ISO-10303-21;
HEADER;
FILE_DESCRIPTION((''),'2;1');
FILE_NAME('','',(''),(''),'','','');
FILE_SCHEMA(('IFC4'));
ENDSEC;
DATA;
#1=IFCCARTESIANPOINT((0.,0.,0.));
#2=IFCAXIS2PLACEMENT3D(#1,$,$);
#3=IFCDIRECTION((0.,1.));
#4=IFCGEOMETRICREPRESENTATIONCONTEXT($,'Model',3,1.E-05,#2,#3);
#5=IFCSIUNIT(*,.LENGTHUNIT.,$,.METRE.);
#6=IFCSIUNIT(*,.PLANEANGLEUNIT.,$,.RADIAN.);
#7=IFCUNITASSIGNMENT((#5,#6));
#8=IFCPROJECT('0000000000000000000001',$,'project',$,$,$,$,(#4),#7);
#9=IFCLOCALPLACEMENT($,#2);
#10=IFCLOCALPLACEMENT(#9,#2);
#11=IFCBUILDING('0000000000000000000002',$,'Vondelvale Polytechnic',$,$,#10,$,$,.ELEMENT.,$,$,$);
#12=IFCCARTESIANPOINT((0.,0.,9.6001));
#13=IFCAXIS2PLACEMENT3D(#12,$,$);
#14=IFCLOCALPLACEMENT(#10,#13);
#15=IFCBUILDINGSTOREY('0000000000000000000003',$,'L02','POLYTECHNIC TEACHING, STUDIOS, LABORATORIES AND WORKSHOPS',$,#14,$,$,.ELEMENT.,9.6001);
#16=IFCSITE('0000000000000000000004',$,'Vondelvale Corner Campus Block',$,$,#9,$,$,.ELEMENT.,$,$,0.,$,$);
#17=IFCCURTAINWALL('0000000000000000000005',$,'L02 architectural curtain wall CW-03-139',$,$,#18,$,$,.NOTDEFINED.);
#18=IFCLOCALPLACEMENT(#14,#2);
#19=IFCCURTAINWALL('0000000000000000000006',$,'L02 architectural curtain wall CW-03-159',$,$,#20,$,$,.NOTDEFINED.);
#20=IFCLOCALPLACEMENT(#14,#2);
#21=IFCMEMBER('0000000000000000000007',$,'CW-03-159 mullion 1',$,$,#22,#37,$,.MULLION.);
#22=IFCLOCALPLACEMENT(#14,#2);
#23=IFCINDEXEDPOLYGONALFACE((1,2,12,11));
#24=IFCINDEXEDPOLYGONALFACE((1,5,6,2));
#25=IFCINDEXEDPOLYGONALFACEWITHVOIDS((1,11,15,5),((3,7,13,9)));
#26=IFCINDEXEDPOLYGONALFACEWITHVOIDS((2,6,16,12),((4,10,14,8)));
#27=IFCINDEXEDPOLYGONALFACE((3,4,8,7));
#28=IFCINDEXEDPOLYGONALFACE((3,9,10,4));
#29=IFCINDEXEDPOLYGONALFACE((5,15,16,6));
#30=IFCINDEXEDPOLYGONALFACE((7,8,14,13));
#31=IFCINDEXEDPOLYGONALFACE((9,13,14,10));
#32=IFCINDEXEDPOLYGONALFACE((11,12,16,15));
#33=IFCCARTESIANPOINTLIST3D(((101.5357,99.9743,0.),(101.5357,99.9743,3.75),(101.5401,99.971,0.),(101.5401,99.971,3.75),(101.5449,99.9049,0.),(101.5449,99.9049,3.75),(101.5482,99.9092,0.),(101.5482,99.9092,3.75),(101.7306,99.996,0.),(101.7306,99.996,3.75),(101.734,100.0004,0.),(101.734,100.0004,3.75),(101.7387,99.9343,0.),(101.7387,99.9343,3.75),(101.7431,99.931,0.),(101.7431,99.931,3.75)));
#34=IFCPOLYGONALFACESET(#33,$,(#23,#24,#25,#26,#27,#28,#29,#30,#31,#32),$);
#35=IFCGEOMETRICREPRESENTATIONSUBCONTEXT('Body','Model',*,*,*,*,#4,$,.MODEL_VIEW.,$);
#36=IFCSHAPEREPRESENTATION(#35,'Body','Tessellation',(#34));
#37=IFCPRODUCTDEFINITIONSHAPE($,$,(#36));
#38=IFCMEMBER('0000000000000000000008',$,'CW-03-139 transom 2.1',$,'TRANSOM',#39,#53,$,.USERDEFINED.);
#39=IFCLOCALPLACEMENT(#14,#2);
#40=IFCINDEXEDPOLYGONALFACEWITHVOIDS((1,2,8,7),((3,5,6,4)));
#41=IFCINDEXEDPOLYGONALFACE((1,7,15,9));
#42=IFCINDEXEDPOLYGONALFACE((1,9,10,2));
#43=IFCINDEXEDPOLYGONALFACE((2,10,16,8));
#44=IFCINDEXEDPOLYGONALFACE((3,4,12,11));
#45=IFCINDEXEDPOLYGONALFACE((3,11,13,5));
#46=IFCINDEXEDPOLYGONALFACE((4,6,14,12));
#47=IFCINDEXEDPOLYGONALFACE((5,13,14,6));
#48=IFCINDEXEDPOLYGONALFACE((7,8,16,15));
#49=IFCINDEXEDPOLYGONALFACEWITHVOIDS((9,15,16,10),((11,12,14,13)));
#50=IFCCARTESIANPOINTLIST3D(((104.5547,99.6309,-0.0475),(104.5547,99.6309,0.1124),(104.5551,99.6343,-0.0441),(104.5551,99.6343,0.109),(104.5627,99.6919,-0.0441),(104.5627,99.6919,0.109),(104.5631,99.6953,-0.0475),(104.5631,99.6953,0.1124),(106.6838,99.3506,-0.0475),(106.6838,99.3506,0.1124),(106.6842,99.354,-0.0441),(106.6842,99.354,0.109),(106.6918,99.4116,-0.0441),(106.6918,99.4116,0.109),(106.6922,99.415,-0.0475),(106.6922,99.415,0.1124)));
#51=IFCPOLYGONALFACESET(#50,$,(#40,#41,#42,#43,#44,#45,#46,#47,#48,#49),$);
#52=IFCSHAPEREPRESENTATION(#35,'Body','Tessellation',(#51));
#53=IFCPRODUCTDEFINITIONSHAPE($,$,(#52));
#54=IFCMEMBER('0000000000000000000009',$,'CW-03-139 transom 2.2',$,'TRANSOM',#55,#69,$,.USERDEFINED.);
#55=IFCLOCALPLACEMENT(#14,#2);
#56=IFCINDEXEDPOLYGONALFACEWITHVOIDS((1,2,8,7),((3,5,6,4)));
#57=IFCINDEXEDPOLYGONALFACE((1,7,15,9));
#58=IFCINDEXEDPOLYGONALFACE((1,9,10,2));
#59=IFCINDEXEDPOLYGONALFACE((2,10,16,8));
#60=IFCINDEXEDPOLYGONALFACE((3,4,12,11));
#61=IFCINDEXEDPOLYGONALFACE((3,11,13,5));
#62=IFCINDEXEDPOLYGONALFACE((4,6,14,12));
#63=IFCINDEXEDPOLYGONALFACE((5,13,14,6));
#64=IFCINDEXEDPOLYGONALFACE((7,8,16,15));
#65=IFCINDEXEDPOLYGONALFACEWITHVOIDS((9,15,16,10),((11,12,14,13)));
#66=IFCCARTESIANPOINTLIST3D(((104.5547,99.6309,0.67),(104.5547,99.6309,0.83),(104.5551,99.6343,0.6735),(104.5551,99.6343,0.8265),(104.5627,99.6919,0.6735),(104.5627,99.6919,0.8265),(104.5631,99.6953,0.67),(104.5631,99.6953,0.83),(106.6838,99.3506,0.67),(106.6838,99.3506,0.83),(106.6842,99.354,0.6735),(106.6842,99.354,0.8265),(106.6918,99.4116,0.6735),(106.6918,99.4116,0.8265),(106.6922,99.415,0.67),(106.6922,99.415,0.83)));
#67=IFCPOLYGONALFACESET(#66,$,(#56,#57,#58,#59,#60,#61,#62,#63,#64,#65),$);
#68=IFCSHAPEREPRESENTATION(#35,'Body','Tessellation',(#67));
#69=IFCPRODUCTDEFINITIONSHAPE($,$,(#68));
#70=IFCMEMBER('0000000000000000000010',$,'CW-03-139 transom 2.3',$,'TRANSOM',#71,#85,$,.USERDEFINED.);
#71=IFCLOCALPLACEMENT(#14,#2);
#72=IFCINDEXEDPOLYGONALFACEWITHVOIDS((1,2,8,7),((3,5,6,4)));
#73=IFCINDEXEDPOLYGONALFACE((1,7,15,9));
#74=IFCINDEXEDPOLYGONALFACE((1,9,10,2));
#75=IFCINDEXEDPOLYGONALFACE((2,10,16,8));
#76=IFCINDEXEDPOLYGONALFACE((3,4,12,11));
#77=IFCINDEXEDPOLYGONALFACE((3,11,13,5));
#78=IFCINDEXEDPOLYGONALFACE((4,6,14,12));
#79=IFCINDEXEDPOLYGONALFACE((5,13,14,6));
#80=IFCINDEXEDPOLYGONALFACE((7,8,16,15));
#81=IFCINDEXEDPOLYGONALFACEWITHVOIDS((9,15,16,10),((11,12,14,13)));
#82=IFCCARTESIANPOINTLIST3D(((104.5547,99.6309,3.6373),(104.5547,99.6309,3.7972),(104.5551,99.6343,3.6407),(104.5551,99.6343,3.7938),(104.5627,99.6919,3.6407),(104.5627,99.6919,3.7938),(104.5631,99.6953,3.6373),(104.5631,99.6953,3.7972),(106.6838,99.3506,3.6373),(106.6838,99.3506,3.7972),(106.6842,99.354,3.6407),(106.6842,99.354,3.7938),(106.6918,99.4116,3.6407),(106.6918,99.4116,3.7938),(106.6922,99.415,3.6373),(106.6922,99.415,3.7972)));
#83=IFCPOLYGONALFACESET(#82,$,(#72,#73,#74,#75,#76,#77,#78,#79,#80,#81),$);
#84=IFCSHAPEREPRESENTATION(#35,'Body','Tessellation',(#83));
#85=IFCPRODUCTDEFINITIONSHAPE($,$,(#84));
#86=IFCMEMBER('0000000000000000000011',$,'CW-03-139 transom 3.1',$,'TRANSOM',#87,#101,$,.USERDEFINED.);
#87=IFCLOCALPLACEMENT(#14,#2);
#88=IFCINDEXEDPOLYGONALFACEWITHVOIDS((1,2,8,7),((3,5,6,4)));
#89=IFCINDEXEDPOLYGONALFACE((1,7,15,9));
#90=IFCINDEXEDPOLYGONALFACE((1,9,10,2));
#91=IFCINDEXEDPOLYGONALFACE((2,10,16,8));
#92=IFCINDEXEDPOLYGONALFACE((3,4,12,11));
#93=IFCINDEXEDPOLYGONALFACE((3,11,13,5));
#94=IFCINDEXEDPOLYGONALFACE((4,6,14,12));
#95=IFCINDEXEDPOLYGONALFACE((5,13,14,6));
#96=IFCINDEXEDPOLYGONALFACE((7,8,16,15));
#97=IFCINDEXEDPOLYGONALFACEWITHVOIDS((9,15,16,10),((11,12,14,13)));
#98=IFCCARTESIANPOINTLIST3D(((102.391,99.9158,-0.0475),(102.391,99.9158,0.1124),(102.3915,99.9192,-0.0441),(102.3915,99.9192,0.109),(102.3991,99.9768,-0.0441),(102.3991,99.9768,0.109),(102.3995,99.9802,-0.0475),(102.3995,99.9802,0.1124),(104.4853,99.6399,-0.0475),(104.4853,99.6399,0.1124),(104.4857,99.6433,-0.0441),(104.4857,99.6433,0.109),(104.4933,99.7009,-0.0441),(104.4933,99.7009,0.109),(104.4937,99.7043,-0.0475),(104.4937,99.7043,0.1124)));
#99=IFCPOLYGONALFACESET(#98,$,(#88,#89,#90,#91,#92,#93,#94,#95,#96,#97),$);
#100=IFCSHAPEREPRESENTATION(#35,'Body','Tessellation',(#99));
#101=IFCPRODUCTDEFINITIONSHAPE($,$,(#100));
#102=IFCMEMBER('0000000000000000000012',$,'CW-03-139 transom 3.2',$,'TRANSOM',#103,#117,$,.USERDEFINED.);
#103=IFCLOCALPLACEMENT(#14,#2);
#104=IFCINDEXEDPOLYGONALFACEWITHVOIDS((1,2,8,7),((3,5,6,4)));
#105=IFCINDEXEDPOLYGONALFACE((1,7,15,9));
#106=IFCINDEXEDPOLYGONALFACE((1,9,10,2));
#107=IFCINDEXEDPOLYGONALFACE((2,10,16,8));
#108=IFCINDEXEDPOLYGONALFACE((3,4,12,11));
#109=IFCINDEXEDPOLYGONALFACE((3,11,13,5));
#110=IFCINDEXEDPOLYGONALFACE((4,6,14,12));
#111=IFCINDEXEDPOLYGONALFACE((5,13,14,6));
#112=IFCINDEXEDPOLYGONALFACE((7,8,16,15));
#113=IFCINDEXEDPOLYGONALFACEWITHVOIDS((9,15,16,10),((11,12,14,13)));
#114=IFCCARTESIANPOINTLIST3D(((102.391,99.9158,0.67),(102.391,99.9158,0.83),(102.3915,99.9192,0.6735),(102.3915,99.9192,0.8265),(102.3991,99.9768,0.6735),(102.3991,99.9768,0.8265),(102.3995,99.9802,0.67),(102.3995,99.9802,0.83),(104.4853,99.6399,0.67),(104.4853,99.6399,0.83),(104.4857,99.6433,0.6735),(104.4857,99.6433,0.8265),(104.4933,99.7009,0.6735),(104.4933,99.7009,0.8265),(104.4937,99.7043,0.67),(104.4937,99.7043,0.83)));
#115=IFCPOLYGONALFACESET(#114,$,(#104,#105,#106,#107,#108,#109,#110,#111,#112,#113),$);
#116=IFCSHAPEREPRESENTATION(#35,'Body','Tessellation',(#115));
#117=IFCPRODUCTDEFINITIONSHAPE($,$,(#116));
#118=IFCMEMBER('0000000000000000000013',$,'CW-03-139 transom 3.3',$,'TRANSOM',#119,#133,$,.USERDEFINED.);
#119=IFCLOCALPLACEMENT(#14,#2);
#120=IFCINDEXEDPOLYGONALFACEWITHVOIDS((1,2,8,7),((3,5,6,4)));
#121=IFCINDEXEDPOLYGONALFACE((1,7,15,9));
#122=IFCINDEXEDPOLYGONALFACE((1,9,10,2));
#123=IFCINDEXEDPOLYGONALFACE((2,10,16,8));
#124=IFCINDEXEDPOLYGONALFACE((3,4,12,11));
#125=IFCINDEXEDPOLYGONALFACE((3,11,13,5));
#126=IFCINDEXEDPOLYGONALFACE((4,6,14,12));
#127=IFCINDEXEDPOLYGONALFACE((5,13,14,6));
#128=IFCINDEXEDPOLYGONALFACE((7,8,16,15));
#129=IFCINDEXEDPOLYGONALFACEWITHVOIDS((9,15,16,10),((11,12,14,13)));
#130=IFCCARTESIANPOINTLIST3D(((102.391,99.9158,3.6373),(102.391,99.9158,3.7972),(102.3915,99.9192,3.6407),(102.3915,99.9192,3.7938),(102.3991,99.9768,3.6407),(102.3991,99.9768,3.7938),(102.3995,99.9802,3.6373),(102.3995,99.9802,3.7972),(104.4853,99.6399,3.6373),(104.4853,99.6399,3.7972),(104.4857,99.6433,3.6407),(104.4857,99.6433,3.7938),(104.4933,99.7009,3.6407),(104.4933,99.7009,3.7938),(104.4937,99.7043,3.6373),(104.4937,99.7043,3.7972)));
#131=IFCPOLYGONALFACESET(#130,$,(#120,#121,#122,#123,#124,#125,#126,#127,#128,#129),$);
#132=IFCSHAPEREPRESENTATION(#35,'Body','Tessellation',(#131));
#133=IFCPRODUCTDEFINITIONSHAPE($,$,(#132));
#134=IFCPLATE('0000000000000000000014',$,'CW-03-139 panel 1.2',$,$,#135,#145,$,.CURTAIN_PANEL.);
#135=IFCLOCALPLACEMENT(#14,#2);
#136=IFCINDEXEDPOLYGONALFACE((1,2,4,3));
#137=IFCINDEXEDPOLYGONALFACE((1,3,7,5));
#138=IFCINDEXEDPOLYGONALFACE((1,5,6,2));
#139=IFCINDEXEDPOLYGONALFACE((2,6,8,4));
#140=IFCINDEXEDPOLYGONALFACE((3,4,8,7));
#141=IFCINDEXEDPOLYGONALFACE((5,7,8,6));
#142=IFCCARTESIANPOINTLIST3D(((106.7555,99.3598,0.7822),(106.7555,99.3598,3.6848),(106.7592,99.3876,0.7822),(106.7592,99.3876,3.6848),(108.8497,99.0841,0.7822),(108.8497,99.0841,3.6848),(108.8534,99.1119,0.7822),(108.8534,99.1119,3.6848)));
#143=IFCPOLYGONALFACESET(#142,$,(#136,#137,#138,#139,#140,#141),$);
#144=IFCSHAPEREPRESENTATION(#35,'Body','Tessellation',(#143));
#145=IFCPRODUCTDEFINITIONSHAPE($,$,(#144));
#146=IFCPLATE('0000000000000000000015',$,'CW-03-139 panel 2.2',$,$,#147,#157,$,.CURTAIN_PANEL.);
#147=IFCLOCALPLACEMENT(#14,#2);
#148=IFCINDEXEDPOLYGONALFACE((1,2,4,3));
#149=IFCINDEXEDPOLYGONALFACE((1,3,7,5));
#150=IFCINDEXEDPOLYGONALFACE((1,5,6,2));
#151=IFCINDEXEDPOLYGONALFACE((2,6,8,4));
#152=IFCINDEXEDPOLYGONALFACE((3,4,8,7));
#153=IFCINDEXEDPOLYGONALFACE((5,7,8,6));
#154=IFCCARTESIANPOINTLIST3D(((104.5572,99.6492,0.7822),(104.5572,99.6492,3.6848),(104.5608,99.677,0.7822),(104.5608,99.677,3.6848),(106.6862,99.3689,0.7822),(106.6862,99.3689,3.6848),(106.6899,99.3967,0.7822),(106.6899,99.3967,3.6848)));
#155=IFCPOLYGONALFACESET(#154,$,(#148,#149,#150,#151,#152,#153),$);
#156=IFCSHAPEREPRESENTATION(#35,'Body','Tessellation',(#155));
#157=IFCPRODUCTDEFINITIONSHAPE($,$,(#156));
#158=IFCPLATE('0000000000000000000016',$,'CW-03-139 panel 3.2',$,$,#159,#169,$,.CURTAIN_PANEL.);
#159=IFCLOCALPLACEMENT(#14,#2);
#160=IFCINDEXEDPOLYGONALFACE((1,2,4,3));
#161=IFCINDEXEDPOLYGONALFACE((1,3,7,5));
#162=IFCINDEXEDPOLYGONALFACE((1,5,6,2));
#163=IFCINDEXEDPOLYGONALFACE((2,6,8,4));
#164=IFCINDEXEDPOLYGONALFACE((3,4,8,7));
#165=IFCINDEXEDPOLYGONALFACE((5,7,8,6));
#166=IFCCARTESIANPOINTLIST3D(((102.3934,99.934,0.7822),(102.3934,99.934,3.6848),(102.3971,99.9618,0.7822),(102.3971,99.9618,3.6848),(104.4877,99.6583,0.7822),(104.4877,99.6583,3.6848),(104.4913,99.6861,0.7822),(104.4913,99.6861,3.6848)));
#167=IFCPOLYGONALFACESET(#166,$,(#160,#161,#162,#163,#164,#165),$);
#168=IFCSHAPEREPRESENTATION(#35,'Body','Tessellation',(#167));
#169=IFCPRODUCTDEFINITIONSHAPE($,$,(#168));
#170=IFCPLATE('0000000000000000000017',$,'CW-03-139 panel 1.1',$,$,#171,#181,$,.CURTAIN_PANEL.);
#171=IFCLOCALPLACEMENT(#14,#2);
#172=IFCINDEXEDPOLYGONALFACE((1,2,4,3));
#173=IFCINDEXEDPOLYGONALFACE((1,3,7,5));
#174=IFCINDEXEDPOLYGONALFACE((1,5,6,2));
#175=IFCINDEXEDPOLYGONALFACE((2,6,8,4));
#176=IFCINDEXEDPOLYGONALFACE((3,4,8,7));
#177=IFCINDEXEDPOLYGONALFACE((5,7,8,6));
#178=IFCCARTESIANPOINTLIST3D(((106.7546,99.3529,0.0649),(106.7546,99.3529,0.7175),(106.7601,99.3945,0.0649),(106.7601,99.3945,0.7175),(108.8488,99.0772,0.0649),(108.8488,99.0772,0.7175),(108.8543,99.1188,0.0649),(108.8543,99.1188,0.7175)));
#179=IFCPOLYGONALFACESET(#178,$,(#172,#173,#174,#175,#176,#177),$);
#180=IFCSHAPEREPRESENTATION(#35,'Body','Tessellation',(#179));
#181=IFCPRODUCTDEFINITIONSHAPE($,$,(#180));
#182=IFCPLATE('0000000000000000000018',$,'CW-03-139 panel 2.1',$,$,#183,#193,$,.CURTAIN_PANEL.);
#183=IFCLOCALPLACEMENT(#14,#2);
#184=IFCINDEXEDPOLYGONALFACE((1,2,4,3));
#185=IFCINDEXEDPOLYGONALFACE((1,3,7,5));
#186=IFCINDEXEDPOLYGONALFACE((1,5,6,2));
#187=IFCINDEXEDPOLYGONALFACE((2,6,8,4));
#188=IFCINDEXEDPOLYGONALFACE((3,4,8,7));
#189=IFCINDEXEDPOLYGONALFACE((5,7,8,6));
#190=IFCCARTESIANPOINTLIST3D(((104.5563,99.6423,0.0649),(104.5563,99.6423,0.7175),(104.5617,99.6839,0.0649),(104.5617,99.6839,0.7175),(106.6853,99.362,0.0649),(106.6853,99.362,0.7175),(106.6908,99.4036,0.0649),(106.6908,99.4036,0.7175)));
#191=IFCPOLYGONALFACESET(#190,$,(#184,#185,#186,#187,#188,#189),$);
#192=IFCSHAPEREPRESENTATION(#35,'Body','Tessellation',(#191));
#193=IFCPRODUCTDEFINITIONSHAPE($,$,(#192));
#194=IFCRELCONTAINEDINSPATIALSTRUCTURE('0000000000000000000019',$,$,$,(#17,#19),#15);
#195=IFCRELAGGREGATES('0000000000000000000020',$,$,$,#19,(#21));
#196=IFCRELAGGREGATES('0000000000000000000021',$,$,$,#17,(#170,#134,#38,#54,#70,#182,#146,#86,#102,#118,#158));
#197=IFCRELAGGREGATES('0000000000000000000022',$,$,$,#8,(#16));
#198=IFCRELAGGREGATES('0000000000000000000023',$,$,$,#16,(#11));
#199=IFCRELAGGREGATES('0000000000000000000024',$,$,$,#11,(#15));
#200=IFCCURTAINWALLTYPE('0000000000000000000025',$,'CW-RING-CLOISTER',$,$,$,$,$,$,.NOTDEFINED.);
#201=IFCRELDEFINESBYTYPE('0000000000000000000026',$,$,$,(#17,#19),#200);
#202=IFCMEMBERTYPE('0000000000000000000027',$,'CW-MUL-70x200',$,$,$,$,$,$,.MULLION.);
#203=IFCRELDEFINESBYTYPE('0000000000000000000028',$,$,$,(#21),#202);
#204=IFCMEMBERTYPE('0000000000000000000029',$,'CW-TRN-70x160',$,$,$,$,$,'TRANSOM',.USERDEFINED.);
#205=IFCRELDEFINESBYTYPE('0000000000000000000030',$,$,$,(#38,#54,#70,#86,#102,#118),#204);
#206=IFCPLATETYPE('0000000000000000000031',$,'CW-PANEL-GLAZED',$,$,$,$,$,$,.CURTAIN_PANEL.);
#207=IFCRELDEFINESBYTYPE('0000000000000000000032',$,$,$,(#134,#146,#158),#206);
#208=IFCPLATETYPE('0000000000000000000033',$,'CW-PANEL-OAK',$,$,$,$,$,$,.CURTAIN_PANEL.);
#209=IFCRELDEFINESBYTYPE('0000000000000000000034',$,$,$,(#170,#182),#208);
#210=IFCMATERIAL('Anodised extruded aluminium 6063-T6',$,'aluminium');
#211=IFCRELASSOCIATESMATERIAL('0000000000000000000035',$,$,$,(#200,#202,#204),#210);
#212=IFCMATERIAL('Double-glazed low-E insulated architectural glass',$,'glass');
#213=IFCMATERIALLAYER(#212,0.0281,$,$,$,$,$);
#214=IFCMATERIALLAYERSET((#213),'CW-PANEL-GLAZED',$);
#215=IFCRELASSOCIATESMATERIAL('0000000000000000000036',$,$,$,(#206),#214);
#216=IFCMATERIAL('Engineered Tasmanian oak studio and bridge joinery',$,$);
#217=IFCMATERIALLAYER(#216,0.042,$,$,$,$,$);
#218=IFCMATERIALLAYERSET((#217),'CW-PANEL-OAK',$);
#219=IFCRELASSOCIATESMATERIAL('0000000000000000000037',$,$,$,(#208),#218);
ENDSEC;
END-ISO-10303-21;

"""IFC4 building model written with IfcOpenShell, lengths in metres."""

from ifc_helpers import new_model, si_unit, direction, frame, origin, origin_2d, place, context, subcontext, project, spatial, rectangle, hollow_rectangle, extrude, material, layer, layer_set, material_profile, profile_set, type_object, element, aggregate, save


model = new_model("IFC4")

# Units and contexts
model_context = context("Model", 3, precision=1e-05, world=origin(), true_north=direction((0.0, 1.0)))
body_context = subcontext(model_context, "Body", "Model", "MODEL_VIEW")
ifc_project = project(units=[si_unit("LENGTHUNIT", "METRE"), si_unit("PLANEANGLEUNIT", "RADIAN")], contexts=[model_context])

# Site, building, storey
site_placement = place(None, origin())
site = spatial("IfcSite", under=ifc_project, at=site_placement, Name="Vondelvale Corner Campus Block", CompositionType="ELEMENT", RefElevation=0.0)
building_placement = place(site_placement, origin())
building = spatial("IfcBuilding", under=site, at=building_placement, Name="Vondelvale Polytechnic", CompositionType="ELEMENT")
storey_placement = place(building_placement, frame((0.0, 0.0, 9.6001)))
storey = spatial("IfcBuildingStorey", under=building, at=storey_placement, Name="L02", Description="POLYTECHNIC TEACHING, STUDIOS, LABORATORIES AND WORKSHOPS", CompositionType="ELEMENT", Elevation=9.6001)

# Curtain wall
ifc_material_1 = material(Name="Anodised extruded aluminium 6063-T6", Category="aluminium")
curtain_wall_type = type_object("IfcCurtainWallType", Name="CW-RING-CLOISTER", PredefinedType="NOTDEFINED", material=ifc_material_1)
curtain_wall_1_placement = place(storey_placement, origin())
curtain_wall_1 = element("IfcCurtainWall", 1, at=curtain_wall_1_placement, inside=storey, type_object=curtain_wall_type, Name="L02 architectural curtain wall CW-03-139", PredefinedType="NOTDEFINED")
ifc_material_profile_1 = material_profile(ifc_material_1, hollow_rectangle(XDim=0.0701, YDim=0.2, WallThickness=0.0039, at=origin_2d()), Name="CW-MUL-200x70")
ifc_profile_set_1 = profile_set([ifc_material_profile_1], Name="Anodised extruded aluminium 6063-T6")
member_type_1 = type_object("IfcMemberType", Name="CW-MUL-70x200", PredefinedType="MULLION", material=ifc_profile_set_1)

# Curtain wall, member
curtain_wall_2_placement = place(storey_placement, origin())
curtain_wall_2 = element("IfcCurtainWall", 2, at=curtain_wall_2_placement, inside=storey, type_object=curtain_wall_type, Name="L02 architectural curtain wall CW-03-159", PredefinedType="NOTDEFINED")
member_1_placement = place(storey_placement, frame((101.6394, 99.9526, 0.0), z_axis=(0.0, 0.0, 1.0), x_axis=(0.130528, -0.991445, 0.0)))
member_1 = element("IfcMember", 3, at=member_1_placement, type_object=member_type_1, Name="CW-03-159 mullion 1", PredefinedType="MULLION", context=body_context, shape_type="SweptSolid", body=[
    extrude(hollow_rectangle(XDim=0.0701, YDim=0.2, WallThickness=0.0039, at=origin_2d()), origin(), (0.0, 0.0, 1.0), 3.75),
])
aggregate(curtain_wall_2, [member_1])

# Members
ifc_material_profile_2 = material_profile(ifc_material_1, hollow_rectangle(XDim=0.0649, YDim=0.1599, WallThickness=0.0034, at=origin_2d()), Name="CW-TRN-160x65")
ifc_profile_set_2 = profile_set([ifc_material_profile_2], Name="Anodised extruded aluminium 6063-T6")
member_type_2 = type_object("IfcMemberType", Name="CW-TRN-70x160", ElementType="TRANSOM", PredefinedType="USERDEFINED", material=ifc_profile_set_2)
member_2_placement = place(storey_placement, frame((106.688, 99.3828, 0.0325), z_axis=(-0.991447, 0.13051, 0.0), x_axis=(-0.13051, -0.991447, 0.0)))
member_2 = element("IfcMember", 4, at=member_2_placement, type_object=member_type_2, Name="CW-03-139 transom 2.1", ObjectType="TRANSOM", PredefinedType="USERDEFINED", context=body_context, shape_type="SweptSolid", body=[
    extrude(hollow_rectangle(XDim=0.0649, YDim=0.1599, WallThickness=0.0034, at=origin_2d()), origin(), (0.0, 0.0, 1.0), 2.1475),
])
member_3_placement = place(storey_placement, frame((106.688, 99.3828, 0.75), z_axis=(-0.991447, 0.13051, 0.0), x_axis=(-0.13051, -0.991447, 0.0)))
member_3 = element("IfcMember", 5, at=member_3_placement, type_object=member_type_2, Name="CW-03-139 transom 2.2", ObjectType="TRANSOM", PredefinedType="USERDEFINED", context=body_context, shape_type="SweptSolid", body=[
    extrude(hollow_rectangle(XDim=0.0649, YDim=0.1599, WallThickness=0.0034, at=origin_2d()), origin(), (0.0, 0.0, 1.0), 2.1475),
])
member_4_placement = place(storey_placement, frame((106.688, 99.3828, 3.7173), z_axis=(-0.991447, 0.13051, 0.0), x_axis=(-0.13051, -0.991447, 0.0)))
member_4 = element("IfcMember", 6, at=member_4_placement, type_object=member_type_2, Name="CW-03-139 transom 2.3", ObjectType="TRANSOM", PredefinedType="USERDEFINED", context=body_context, shape_type="SweptSolid", body=[
    extrude(hollow_rectangle(XDim=0.0649, YDim=0.1599, WallThickness=0.0034, at=origin_2d()), origin(), (0.0, 0.0, 1.0), 2.1475),
])
member_5_placement = place(storey_placement, frame((104.4895, 99.6721, 0.0325), z_axis=(-0.991435, 0.130604, 0.0), x_axis=(-0.130604, -0.991435, 0.0)))
member_5 = element("IfcMember", 7, at=member_5_placement, type_object=member_type_2, Name="CW-03-139 transom 3.1", ObjectType="TRANSOM", PredefinedType="USERDEFINED", context=body_context, shape_type="SweptSolid", body=[
    extrude(hollow_rectangle(XDim=0.0649, YDim=0.1599, WallThickness=0.0034, at=origin_2d()), origin(), (0.0, 0.0, 1.0), 2.1123),
])
member_6_placement = place(storey_placement, frame((104.4895, 99.6721, 0.75), z_axis=(-0.991435, 0.130604, 0.0), x_axis=(-0.130604, -0.991435, 0.0)))
member_6 = element("IfcMember", 8, at=member_6_placement, type_object=member_type_2, Name="CW-03-139 transom 3.2", ObjectType="TRANSOM", PredefinedType="USERDEFINED", context=body_context, shape_type="SweptSolid", body=[
    extrude(hollow_rectangle(XDim=0.0649, YDim=0.1599, WallThickness=0.0034, at=origin_2d()), origin(), (0.0, 0.0, 1.0), 2.1123),
])
member_7_placement = place(storey_placement, frame((104.4895, 99.6721, 3.7173), z_axis=(-0.991435, 0.130604, 0.0), x_axis=(-0.130604, -0.991435, 0.0)))
member_7 = element("IfcMember", 9, at=member_7_placement, type_object=member_type_2, Name="CW-03-139 transom 3.3", ObjectType="TRANSOM", PredefinedType="USERDEFINED", context=body_context, shape_type="SweptSolid", body=[
    extrude(hollow_rectangle(XDim=0.0649, YDim=0.1599, WallThickness=0.0034, at=origin_2d()), origin(), (0.0, 0.0, 1.0), 2.1123),
])

# Plates
ifc_material_2 = material(Name="Double-glazed low-E insulated architectural glass", Category="glass")
ifc_layer_1 = layer(ifc_material_2, 0.0281)
ifc_layer_set_1 = layer_set([ifc_layer_1], Name="CW-PANEL-GLAZED")
plate_type_1 = type_object("IfcPlateType", Name="CW-PANEL-GLAZED", PredefinedType="CURTAIN_PANEL", material=ifc_layer_set_1)
plate_1_placement = place(storey_placement, frame((107.8044, 99.2358, 0.7822), z_axis=(0.0, 0.0, 1.0), x_axis=(-0.991445, 0.130528, 0.0)))
plate_1 = element("IfcPlate", 10, at=plate_1_placement, type_object=plate_type_1, Name="CW-03-139 panel 1.2", PredefinedType="CURTAIN_PANEL", context=body_context, shape_type="SweptSolid", body=[
    extrude(rectangle(XDim=2.1123, YDim=0.0281, at=origin_2d()), origin(), (0.0, 0.0, 1.0), 2.9026),
])
plate_2_placement = place(storey_placement, frame((105.6235, 99.5229, 0.7822), z_axis=(0.0, 0.0, 1.0), x_axis=(-0.991445, 0.130528, 0.0)))
plate_2 = element("IfcPlate", 11, at=plate_2_placement, type_object=plate_type_1, Name="CW-03-139 panel 2.2", PredefinedType="CURTAIN_PANEL", context=body_context, shape_type="SweptSolid", body=[
    extrude(rectangle(XDim=2.1475, YDim=0.0281, at=origin_2d()), origin(), (0.0, 0.0, 1.0), 2.9026),
])
plate_3_placement = place(storey_placement, frame((103.4424, 99.8101, 0.7822), z_axis=(0.0, 0.0, 1.0), x_axis=(-0.991445, 0.130528, 0.0)))
plate_3 = element("IfcPlate", 12, at=plate_3_placement, type_object=plate_type_1, Name="CW-03-139 panel 3.2", PredefinedType="CURTAIN_PANEL", context=body_context, shape_type="SweptSolid", body=[
    extrude(rectangle(XDim=2.1123, YDim=0.0281, at=origin_2d()), origin(), (0.0, 0.0, 1.0), 2.9026),
])
ifc_material_3 = material(Name="Engineered Tasmanian oak studio and bridge joinery")
ifc_layer_2 = layer(ifc_material_3, 0.042)
ifc_layer_set_2 = layer_set([ifc_layer_2], Name="CW-PANEL-OAK")
plate_type_2 = type_object("IfcPlateType", Name="CW-PANEL-OAK", PredefinedType="CURTAIN_PANEL", material=ifc_layer_set_2)
plate_4_placement = place(storey_placement, frame((107.8044, 99.2358, 0.0649), z_axis=(0.0, 0.0, 1.0), x_axis=(-0.991445, 0.130528, 0.0)))
plate_4 = element("IfcPlate", 13, at=plate_4_placement, type_object=plate_type_2, Name="CW-03-139 panel 1.1", PredefinedType="CURTAIN_PANEL", context=body_context, shape_type="SweptSolid", body=[
    extrude(rectangle(XDim=2.1123, YDim=0.042, at=origin_2d()), origin(), (0.0, 0.0, 1.0), 0.6526),
])
plate_5_placement = place(storey_placement, frame((105.6235, 99.5229, 0.0649), z_axis=(0.0, 0.0, 1.0), x_axis=(-0.991445, 0.130528, 0.0)))
plate_5 = element("IfcPlate", 14, at=plate_5_placement, type_object=plate_type_2, Name="CW-03-139 panel 2.1", PredefinedType="CURTAIN_PANEL", context=body_context, shape_type="SweptSolid", body=[
    extrude(rectangle(XDim=2.1475, YDim=0.042, at=origin_2d()), origin(), (0.0, 0.0, 1.0), 0.6526),
])
aggregate(curtain_wall_1, [plate_4, plate_1, member_2, member_3, member_4, plate_5, plate_2, member_5, member_6, member_7, plate_3])

save(model, "model.ifc")
